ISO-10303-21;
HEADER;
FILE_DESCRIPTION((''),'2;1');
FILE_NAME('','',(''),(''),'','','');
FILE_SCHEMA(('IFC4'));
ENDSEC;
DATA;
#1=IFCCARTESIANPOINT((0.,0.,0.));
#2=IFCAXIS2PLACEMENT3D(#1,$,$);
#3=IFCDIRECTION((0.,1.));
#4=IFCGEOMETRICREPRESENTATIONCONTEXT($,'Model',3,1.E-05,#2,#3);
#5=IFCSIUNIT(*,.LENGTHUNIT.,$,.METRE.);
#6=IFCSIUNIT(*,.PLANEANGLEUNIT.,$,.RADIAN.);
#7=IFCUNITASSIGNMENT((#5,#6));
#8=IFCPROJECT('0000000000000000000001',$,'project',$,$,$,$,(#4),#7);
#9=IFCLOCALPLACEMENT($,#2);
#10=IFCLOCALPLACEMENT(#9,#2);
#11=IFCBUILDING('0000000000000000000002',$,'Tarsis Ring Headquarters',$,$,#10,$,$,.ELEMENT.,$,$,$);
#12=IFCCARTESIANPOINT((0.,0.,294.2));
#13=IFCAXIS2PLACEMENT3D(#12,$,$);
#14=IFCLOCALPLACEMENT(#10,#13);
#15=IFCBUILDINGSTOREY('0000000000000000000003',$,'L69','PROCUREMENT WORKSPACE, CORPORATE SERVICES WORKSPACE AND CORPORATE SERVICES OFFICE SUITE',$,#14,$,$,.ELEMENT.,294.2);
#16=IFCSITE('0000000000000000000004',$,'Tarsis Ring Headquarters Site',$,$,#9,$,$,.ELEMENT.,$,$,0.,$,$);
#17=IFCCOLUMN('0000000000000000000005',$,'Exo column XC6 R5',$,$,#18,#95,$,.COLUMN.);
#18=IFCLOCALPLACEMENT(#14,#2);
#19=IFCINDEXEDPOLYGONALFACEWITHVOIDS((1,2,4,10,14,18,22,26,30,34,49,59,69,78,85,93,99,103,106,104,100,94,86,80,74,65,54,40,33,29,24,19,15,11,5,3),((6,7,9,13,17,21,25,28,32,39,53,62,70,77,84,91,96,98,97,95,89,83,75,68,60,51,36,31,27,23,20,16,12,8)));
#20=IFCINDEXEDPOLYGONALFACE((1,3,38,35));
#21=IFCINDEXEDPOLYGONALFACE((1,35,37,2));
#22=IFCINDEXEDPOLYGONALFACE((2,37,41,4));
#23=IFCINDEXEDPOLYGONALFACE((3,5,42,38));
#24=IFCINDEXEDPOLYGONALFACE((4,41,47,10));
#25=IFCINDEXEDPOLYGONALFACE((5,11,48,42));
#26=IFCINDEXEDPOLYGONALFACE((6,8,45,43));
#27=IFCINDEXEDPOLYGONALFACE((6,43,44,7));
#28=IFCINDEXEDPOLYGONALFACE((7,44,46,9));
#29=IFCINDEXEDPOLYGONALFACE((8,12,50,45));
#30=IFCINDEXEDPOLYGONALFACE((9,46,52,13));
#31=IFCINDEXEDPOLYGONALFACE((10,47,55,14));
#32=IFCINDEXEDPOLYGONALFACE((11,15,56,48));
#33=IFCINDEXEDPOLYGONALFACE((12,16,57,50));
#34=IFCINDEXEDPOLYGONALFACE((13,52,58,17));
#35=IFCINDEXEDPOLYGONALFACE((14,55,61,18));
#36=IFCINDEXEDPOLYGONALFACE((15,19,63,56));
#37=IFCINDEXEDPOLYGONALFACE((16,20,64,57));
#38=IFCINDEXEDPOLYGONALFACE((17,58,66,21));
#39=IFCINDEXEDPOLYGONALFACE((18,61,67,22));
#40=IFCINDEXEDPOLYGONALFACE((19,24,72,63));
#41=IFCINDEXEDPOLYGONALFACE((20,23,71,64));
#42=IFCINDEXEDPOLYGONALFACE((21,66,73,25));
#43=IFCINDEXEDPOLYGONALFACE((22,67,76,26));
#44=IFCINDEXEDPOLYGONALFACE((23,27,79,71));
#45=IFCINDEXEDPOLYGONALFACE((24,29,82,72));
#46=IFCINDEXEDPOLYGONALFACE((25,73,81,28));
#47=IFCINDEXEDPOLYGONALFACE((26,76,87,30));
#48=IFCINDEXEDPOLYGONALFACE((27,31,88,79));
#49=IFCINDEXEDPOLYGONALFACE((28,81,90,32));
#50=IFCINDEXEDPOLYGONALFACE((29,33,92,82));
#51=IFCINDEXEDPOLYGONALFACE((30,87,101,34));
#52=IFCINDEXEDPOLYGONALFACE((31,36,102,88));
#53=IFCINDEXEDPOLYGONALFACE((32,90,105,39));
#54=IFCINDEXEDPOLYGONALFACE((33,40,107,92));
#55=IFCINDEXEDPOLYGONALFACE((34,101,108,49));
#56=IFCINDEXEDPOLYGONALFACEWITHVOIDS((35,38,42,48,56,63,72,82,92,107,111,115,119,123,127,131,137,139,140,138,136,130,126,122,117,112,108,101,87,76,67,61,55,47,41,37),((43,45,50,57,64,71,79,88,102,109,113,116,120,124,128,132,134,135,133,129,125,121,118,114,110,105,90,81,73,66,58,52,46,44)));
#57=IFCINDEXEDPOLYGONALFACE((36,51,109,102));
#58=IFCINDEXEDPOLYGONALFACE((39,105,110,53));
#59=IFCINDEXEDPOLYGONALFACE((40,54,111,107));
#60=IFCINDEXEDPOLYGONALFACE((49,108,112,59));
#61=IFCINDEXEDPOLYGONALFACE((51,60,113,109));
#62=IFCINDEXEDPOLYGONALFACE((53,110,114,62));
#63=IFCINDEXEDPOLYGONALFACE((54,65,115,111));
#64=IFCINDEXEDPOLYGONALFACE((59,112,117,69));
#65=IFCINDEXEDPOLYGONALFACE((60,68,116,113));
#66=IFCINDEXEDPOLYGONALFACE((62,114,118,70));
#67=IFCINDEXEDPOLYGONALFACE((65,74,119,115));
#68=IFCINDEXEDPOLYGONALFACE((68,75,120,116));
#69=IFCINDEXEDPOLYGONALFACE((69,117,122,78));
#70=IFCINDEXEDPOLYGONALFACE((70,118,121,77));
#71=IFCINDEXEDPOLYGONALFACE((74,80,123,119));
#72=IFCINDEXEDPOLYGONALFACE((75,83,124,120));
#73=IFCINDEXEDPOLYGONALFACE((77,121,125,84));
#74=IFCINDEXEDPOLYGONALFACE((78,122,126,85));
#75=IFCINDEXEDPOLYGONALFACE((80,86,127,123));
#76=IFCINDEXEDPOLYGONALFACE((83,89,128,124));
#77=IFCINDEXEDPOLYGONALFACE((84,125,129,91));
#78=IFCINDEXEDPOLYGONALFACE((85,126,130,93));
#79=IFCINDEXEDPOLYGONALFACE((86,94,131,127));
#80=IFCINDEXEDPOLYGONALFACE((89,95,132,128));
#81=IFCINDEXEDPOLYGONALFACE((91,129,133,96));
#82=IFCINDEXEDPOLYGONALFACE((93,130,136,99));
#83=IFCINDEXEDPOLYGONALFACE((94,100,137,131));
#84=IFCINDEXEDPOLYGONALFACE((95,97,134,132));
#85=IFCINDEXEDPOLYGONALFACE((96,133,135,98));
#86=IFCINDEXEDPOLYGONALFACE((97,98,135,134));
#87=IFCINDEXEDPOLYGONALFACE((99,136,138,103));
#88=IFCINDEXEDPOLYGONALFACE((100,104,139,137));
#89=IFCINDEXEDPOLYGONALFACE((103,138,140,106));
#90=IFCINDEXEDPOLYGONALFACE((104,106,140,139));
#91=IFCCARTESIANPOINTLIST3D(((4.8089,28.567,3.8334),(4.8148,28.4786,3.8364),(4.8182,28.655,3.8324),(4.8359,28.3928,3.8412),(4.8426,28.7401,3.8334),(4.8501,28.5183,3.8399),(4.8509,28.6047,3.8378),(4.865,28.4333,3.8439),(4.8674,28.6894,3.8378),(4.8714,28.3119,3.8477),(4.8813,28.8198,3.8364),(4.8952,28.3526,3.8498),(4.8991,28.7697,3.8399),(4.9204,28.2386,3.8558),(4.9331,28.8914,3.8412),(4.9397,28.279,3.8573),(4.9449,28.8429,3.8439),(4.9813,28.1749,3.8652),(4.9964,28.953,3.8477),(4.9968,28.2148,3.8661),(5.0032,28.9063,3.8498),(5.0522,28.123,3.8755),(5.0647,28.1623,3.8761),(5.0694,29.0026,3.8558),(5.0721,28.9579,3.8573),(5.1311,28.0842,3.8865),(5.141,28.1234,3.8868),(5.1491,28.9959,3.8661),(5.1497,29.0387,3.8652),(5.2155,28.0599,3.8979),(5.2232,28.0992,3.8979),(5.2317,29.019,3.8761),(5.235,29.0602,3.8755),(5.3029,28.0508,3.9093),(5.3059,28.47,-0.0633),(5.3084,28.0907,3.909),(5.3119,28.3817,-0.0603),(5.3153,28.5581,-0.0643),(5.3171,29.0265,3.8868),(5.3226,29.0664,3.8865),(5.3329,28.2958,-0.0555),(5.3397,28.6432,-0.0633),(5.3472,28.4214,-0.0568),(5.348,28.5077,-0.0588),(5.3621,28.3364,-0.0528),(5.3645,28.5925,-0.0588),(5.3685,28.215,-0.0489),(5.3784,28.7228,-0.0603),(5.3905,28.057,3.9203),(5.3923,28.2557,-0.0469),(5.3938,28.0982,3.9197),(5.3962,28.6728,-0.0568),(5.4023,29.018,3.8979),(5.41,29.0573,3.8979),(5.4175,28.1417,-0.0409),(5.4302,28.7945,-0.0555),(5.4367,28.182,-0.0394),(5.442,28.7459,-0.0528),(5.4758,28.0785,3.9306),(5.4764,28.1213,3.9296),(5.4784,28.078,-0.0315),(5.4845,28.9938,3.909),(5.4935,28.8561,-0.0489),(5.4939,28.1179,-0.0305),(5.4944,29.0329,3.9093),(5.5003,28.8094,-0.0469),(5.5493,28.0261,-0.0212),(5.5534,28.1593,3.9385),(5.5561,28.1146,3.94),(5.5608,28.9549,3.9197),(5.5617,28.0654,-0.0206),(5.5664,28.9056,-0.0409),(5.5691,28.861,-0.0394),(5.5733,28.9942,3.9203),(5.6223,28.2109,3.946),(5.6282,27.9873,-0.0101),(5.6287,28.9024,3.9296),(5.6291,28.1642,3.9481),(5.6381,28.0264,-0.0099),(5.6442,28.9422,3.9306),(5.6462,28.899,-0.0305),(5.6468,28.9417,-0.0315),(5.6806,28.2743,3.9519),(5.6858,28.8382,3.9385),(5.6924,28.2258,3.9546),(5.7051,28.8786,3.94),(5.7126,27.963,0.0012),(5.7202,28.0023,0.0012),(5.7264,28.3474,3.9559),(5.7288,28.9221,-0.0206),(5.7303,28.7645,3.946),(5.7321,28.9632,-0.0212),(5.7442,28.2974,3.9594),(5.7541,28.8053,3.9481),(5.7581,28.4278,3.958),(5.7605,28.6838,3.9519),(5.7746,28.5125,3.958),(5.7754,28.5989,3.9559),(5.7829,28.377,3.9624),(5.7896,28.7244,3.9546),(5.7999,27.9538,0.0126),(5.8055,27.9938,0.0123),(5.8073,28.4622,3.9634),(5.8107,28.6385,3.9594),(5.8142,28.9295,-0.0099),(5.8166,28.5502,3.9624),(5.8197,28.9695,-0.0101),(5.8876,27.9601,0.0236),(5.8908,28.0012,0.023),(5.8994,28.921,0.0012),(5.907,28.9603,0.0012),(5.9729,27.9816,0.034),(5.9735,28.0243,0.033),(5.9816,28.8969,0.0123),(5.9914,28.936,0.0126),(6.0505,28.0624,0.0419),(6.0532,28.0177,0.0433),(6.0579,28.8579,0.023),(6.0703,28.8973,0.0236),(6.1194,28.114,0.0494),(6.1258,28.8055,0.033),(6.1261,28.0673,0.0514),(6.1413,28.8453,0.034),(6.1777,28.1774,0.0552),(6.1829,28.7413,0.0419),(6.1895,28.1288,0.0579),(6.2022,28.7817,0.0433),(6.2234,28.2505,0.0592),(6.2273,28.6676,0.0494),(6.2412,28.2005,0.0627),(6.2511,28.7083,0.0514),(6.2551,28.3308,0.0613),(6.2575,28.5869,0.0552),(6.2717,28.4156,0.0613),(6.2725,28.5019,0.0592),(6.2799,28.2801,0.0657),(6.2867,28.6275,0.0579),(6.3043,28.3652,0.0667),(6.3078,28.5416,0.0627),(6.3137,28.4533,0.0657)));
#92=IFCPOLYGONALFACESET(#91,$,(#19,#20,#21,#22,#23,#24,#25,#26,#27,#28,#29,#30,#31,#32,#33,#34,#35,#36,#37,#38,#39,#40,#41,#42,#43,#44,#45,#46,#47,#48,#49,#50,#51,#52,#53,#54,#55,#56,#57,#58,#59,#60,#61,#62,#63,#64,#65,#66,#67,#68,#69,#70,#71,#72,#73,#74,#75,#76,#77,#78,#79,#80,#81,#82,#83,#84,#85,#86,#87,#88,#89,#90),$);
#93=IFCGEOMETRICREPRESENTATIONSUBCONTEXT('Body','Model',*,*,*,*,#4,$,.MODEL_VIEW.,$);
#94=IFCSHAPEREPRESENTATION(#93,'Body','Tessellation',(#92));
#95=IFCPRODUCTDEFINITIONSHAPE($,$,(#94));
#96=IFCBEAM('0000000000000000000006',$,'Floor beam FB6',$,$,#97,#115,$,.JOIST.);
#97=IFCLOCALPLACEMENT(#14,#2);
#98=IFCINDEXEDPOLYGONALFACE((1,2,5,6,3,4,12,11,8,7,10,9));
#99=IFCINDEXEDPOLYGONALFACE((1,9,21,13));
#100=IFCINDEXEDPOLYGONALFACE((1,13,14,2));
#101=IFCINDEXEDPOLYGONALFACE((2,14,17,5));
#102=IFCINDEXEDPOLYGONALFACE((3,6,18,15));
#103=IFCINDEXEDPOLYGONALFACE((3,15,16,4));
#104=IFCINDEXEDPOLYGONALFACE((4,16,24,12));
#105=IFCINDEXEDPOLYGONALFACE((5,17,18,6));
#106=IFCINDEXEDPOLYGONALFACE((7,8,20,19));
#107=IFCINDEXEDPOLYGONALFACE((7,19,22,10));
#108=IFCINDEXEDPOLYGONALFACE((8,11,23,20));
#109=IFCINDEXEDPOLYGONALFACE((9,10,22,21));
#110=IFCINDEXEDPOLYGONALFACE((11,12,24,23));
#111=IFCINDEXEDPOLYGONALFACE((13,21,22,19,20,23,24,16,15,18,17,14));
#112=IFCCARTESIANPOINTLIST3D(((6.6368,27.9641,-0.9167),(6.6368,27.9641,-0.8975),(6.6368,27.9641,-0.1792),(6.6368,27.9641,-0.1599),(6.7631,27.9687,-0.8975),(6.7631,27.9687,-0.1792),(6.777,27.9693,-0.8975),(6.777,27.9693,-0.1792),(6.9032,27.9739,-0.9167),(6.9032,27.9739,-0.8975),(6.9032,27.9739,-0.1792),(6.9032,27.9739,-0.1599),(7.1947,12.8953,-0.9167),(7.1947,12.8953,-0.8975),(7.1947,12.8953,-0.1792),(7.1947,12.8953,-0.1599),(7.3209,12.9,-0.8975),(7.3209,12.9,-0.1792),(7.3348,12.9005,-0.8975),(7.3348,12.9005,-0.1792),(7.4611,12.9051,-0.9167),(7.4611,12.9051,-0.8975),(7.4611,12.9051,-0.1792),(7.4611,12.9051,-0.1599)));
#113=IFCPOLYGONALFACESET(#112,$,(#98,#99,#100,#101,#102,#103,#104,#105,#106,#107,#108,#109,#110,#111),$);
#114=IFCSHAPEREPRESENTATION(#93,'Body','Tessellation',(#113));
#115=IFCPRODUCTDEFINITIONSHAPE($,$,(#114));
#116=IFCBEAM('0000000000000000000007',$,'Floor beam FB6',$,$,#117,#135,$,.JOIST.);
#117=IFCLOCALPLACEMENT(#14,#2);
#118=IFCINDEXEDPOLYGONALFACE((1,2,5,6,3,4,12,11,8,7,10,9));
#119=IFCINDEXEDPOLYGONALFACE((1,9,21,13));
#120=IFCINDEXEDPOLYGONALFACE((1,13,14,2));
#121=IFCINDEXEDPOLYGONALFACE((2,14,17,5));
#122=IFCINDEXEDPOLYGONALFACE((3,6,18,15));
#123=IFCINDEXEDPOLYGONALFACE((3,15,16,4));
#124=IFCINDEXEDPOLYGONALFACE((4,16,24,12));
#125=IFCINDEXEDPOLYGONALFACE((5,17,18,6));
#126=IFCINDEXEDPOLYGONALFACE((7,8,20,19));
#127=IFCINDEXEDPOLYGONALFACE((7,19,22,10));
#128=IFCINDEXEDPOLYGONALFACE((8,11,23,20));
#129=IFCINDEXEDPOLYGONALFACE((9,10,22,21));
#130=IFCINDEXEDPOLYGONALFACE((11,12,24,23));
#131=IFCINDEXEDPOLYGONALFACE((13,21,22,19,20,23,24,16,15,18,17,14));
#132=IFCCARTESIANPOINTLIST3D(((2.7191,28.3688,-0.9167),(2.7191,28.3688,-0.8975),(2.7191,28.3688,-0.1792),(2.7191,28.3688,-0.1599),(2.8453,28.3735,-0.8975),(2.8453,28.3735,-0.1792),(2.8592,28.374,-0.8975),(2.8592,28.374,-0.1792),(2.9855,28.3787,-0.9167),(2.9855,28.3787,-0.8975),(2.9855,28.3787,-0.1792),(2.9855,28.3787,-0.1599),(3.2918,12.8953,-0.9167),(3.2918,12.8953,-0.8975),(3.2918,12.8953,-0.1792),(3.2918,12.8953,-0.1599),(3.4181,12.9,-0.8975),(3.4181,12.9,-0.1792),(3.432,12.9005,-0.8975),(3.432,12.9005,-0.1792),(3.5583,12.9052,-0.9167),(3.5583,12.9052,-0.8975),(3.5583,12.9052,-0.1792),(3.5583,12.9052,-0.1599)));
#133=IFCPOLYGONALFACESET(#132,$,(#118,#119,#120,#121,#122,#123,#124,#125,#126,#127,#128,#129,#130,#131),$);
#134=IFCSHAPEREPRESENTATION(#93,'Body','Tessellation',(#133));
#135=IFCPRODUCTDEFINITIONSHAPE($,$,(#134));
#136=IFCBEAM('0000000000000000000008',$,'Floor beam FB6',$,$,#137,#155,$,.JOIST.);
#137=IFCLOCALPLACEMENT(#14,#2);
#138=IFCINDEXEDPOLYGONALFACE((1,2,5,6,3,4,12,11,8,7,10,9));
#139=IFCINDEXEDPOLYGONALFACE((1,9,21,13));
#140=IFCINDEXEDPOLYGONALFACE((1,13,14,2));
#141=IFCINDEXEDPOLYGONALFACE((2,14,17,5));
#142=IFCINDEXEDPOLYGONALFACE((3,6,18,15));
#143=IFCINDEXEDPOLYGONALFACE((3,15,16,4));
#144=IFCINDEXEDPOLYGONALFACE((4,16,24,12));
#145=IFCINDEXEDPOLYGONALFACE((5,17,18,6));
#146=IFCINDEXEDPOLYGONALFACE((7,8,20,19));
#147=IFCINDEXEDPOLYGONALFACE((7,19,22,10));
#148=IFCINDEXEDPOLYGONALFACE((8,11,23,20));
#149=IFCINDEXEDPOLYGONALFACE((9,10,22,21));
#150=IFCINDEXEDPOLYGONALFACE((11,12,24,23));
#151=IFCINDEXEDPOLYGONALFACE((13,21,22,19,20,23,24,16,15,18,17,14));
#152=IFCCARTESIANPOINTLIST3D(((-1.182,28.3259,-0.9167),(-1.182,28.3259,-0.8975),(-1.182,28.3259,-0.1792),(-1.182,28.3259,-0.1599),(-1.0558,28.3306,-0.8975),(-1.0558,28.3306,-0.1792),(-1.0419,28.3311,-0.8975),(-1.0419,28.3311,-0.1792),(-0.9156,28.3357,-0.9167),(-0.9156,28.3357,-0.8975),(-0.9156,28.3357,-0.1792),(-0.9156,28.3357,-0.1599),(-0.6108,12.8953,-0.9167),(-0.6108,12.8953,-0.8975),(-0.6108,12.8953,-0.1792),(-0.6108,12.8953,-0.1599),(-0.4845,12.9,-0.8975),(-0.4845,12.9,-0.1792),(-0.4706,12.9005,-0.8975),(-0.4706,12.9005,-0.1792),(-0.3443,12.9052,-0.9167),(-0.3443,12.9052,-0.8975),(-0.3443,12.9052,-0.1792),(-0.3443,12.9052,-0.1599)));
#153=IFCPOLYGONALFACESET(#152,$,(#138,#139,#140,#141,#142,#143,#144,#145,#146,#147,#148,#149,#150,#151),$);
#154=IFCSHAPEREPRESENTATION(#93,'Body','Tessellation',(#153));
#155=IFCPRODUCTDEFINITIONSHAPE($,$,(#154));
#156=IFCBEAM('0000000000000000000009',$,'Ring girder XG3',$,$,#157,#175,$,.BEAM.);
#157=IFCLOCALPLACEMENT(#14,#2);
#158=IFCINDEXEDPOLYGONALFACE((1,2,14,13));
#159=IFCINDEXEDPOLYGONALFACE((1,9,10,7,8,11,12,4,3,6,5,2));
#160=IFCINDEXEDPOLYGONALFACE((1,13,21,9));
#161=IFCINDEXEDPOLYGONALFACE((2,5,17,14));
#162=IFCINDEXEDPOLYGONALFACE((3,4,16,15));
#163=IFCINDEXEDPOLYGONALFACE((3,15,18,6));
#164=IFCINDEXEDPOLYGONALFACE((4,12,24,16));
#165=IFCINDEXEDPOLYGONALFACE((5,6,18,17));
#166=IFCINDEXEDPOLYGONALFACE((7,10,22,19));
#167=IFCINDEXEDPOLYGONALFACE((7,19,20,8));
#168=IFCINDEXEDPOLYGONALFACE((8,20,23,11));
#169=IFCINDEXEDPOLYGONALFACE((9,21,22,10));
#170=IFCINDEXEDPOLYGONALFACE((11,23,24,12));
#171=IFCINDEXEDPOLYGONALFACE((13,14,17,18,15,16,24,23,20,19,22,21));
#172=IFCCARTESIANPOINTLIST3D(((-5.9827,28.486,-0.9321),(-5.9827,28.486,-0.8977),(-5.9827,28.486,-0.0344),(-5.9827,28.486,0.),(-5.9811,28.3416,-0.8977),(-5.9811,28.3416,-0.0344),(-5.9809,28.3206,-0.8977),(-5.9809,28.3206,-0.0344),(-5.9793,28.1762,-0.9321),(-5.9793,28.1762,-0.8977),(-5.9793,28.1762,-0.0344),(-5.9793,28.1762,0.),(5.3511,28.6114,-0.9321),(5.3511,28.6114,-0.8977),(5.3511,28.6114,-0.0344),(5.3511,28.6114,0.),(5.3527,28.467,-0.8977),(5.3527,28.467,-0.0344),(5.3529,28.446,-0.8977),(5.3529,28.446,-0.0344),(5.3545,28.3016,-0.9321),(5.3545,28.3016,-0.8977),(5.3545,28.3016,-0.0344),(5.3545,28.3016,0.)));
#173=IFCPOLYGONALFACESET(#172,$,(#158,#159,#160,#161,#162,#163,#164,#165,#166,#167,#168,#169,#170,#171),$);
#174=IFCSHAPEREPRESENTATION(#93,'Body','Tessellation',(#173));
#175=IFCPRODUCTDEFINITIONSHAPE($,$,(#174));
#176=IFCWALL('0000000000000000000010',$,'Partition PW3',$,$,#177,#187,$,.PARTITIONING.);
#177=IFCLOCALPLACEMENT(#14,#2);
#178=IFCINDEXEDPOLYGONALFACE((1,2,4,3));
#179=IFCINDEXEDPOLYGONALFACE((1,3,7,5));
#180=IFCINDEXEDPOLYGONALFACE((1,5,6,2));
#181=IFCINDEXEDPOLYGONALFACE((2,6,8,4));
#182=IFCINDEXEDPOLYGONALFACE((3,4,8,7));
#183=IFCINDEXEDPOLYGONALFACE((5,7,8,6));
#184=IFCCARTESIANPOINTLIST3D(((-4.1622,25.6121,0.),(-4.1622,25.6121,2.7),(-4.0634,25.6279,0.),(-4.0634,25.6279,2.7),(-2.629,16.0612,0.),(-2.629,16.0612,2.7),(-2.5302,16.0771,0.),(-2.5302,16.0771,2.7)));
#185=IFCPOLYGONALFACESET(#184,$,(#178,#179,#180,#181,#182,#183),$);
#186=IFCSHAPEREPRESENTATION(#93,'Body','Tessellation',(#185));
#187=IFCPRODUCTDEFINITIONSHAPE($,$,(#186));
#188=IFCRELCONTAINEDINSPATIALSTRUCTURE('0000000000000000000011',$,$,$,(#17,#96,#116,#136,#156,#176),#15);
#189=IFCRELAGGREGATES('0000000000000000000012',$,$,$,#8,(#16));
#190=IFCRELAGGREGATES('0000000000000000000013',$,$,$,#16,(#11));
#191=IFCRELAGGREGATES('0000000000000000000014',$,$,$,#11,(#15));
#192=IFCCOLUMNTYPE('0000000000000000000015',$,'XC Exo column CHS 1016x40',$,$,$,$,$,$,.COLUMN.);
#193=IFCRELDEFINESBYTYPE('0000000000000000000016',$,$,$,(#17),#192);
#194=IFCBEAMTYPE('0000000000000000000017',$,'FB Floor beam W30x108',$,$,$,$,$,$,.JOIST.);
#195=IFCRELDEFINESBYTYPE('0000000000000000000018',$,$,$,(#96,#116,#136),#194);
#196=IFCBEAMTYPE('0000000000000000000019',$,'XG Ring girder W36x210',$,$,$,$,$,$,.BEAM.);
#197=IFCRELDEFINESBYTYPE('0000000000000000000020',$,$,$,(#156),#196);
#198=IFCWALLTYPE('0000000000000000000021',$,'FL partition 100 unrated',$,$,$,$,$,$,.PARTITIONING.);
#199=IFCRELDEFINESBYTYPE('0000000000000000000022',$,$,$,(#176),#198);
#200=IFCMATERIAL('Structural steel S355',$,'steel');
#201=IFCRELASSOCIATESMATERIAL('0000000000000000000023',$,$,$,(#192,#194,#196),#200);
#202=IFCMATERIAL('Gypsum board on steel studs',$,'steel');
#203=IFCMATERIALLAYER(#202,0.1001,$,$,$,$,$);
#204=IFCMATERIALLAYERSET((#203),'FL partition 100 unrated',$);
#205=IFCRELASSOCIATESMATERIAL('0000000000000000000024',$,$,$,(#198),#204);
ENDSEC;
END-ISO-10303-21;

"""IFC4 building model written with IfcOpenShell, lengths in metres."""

from ifc_helpers import new_model, si_unit, direction, frame, frame_2d, origin, origin_2d, place, context, subcontext, project, spatial, rectangle, hollow_circle, i_section, extrude, material, layer, layer_set, material_profile, profile_set, type_object, element, save


model = new_model("IFC4")

# Units and contexts
model_context = context("Model", 3, precision=1e-05, world=origin(), true_north=direction((0.0, 1.0)))
body_context = subcontext(model_context, "Body", "Model", "MODEL_VIEW")
ifc_project = project(units=[si_unit("LENGTHUNIT", "METRE"), si_unit("PLANEANGLEUNIT", "RADIAN")], contexts=[model_context])

# Site, building, storey
site_placement = place(None, origin())
site = spatial("IfcSite", under=ifc_project, at=site_placement, Name="Tarsis Ring Headquarters Site", CompositionType="ELEMENT", RefElevation=0.0)
building_placement = place(site_placement, origin())
building = spatial("IfcBuilding", under=site, at=building_placement, Name="Tarsis Ring Headquarters", CompositionType="ELEMENT")
storey_placement = place(building_placement, frame((0.0, 0.0, 294.2)))
storey = spatial("IfcBuildingStorey", under=building, at=storey_placement, Name="L69", Description="PROCUREMENT WORKSPACE, CORPORATE SERVICES WORKSPACE AND CORPORATE SERVICES OFFICE SUITE", CompositionType="ELEMENT", Elevation=294.2)

# Column
ifc_material_1 = material(Name="Structural steel S355", Category="steel")
ifc_material_profile_1 = material_profile(ifc_material_1, hollow_circle(Radius=0.5081, WallThickness=0.04, at=origin_2d()), Name="CHS 1016x40")
ifc_profile_set_1 = profile_set([ifc_material_profile_1], Name="Structural steel S355")
column_type = type_object("IfcColumnType", Name="XC Exo column CHS 1016x40", PredefinedType="COLUMN", material=ifc_profile_set_1)
column_placement = place(storey_placement, frame((5.8098, 28.4617, 0.0012), z_axis=(-0.126497, 0.024666, 0.99166), x_axis=(-0.191386, -0.981515, 0.0)))
element("IfcColumn", 1, at=column_placement, inside=storey, type_object=column_type, Name="Exo column XC6 R5", PredefinedType="COLUMN", context=body_context, shape_type="SweptSolid", body=[
    extrude(hollow_circle(Radius=0.5081, WallThickness=0.04, at=origin_2d()), origin(), (0.0, 0.0, 1.0), 3.9294),
])

# Beams
ifc_material_profile_2 = material_profile(ifc_material_1, i_section(OverallWidth=0.2666, OverallDepth=0.7568, WebThickness=0.0139, FlangeThickness=0.0193, at=origin_2d()), Name="W30x108")
ifc_profile_set_2 = profile_set([ifc_material_profile_2], Name="Structural steel S355")
beam_type_1 = type_object("IfcBeamType", Name="FB Floor beam W30x108", PredefinedType="JOIST", material=ifc_profile_set_2)
beam_1_placement = place(storey_placement, frame((6.77, 27.969, -0.5383), z_axis=(0.036995, -0.999315, 0.0), x_axis=(0.999315, 0.036995, 0.0)))
element("IfcBeam", 2, at=beam_1_placement, inside=storey, type_object=beam_type_1, Name="Floor beam FB6", PredefinedType="JOIST", context=body_context, shape_type="SweptSolid", body=[
    extrude(i_section(OverallWidth=0.2666, OverallDepth=0.7568, WebThickness=0.0139, FlangeThickness=0.0193, at=origin_2d()), origin(), (0.0, 0.0, 1.0), 15.0791),
])
beam_2_placement = place(storey_placement, frame((2.8523, 28.3738, -0.5383), z_axis=(0.03699, -0.999316, 0.0), x_axis=(0.999316, 0.03699, 0.0)))
element("IfcBeam", 3, at=beam_2_placement, inside=storey, type_object=beam_type_1, Name="Floor beam FB6", PredefinedType="JOIST", context=body_context, shape_type="SweptSolid", body=[
    extrude(i_section(OverallWidth=0.2666, OverallDepth=0.7568, WebThickness=0.0139, FlangeThickness=0.0193, at=origin_2d()), origin(), (0.0, 0.0, 1.0), 15.4841),
])
beam_3_placement = place(storey_placement, frame((-1.0488, 28.3308, -0.5383), z_axis=(0.036998, -0.999315, 0.0), x_axis=(0.999315, 0.036998, 0.0)))
element("IfcBeam", 4, at=beam_3_placement, inside=storey, type_object=beam_type_1, Name="Floor beam FB6", PredefinedType="JOIST", context=body_context, shape_type="SweptSolid", body=[
    extrude(i_section(OverallWidth=0.2666, OverallDepth=0.7568, WebThickness=0.0139, FlangeThickness=0.0193, at=origin_2d()), origin(), (0.0, 0.0, 1.0), 15.4412),
])
ifc_material_profile_3 = material_profile(ifc_material_1, i_section(OverallWidth=0.3098, OverallDepth=0.9321, WebThickness=0.021, FlangeThickness=0.0344, at=origin_2d()), Name="W36x210")
ifc_profile_set_3 = profile_set([ifc_material_profile_3], Name="Structural steel S355")
beam_type_2 = type_object("IfcBeamType", Name="XG Ring girder W36x210", PredefinedType="BEAM", material=ifc_profile_set_3)
beam_4_placement = place(storey_placement, frame((5.3528, 28.4565, -0.4661), z_axis=(-0.999939, -0.011071, 0.0), x_axis=(0.011071, -0.999939, 0.0)))
element("IfcBeam", 5, at=beam_4_placement, inside=storey, type_object=beam_type_2, Name="Ring girder XG3", PredefinedType="BEAM", context=body_context, shape_type="SweptSolid", body=[
    extrude(i_section(OverallWidth=0.3098, OverallDepth=0.9321, WebThickness=0.021, FlangeThickness=0.0344, at=origin_2d()), origin(), (0.0, 0.0, 1.0), 11.3345),
])

# Wall
ifc_material_2 = material(Name="Gypsum board on steel studs", Category="steel")
ifc_layer_1 = layer(ifc_material_2, 0.1001)
ifc_layer_set_1 = layer_set([ifc_layer_1], Name="FL partition 100 unrated")
wall_type_1 = type_object("IfcWallType", Name="FL partition 100 unrated", PredefinedType="PARTITIONING", material=ifc_layer_set_1)
wall_1_placement = place(storey_placement, frame((-4.1128, 25.6199, 0.0), z_axis=(0.0, 0.0, 1.0), x_axis=(0.158502, -0.987359, 0.0)))
element("IfcWall", 6, at=wall_1_placement, inside=storey, type_object=wall_type_1, Name="Partition PW3", PredefinedType="PARTITIONING", context=body_context, shape_type="SweptSolid", body=[
    extrude(rectangle(XDim=9.6731, YDim=0.1001, at=frame_2d((4.8364, 0.0))), origin(), (0.0, 0.0, 1.0), 2.7),
])

save(model, "model.ifc")
